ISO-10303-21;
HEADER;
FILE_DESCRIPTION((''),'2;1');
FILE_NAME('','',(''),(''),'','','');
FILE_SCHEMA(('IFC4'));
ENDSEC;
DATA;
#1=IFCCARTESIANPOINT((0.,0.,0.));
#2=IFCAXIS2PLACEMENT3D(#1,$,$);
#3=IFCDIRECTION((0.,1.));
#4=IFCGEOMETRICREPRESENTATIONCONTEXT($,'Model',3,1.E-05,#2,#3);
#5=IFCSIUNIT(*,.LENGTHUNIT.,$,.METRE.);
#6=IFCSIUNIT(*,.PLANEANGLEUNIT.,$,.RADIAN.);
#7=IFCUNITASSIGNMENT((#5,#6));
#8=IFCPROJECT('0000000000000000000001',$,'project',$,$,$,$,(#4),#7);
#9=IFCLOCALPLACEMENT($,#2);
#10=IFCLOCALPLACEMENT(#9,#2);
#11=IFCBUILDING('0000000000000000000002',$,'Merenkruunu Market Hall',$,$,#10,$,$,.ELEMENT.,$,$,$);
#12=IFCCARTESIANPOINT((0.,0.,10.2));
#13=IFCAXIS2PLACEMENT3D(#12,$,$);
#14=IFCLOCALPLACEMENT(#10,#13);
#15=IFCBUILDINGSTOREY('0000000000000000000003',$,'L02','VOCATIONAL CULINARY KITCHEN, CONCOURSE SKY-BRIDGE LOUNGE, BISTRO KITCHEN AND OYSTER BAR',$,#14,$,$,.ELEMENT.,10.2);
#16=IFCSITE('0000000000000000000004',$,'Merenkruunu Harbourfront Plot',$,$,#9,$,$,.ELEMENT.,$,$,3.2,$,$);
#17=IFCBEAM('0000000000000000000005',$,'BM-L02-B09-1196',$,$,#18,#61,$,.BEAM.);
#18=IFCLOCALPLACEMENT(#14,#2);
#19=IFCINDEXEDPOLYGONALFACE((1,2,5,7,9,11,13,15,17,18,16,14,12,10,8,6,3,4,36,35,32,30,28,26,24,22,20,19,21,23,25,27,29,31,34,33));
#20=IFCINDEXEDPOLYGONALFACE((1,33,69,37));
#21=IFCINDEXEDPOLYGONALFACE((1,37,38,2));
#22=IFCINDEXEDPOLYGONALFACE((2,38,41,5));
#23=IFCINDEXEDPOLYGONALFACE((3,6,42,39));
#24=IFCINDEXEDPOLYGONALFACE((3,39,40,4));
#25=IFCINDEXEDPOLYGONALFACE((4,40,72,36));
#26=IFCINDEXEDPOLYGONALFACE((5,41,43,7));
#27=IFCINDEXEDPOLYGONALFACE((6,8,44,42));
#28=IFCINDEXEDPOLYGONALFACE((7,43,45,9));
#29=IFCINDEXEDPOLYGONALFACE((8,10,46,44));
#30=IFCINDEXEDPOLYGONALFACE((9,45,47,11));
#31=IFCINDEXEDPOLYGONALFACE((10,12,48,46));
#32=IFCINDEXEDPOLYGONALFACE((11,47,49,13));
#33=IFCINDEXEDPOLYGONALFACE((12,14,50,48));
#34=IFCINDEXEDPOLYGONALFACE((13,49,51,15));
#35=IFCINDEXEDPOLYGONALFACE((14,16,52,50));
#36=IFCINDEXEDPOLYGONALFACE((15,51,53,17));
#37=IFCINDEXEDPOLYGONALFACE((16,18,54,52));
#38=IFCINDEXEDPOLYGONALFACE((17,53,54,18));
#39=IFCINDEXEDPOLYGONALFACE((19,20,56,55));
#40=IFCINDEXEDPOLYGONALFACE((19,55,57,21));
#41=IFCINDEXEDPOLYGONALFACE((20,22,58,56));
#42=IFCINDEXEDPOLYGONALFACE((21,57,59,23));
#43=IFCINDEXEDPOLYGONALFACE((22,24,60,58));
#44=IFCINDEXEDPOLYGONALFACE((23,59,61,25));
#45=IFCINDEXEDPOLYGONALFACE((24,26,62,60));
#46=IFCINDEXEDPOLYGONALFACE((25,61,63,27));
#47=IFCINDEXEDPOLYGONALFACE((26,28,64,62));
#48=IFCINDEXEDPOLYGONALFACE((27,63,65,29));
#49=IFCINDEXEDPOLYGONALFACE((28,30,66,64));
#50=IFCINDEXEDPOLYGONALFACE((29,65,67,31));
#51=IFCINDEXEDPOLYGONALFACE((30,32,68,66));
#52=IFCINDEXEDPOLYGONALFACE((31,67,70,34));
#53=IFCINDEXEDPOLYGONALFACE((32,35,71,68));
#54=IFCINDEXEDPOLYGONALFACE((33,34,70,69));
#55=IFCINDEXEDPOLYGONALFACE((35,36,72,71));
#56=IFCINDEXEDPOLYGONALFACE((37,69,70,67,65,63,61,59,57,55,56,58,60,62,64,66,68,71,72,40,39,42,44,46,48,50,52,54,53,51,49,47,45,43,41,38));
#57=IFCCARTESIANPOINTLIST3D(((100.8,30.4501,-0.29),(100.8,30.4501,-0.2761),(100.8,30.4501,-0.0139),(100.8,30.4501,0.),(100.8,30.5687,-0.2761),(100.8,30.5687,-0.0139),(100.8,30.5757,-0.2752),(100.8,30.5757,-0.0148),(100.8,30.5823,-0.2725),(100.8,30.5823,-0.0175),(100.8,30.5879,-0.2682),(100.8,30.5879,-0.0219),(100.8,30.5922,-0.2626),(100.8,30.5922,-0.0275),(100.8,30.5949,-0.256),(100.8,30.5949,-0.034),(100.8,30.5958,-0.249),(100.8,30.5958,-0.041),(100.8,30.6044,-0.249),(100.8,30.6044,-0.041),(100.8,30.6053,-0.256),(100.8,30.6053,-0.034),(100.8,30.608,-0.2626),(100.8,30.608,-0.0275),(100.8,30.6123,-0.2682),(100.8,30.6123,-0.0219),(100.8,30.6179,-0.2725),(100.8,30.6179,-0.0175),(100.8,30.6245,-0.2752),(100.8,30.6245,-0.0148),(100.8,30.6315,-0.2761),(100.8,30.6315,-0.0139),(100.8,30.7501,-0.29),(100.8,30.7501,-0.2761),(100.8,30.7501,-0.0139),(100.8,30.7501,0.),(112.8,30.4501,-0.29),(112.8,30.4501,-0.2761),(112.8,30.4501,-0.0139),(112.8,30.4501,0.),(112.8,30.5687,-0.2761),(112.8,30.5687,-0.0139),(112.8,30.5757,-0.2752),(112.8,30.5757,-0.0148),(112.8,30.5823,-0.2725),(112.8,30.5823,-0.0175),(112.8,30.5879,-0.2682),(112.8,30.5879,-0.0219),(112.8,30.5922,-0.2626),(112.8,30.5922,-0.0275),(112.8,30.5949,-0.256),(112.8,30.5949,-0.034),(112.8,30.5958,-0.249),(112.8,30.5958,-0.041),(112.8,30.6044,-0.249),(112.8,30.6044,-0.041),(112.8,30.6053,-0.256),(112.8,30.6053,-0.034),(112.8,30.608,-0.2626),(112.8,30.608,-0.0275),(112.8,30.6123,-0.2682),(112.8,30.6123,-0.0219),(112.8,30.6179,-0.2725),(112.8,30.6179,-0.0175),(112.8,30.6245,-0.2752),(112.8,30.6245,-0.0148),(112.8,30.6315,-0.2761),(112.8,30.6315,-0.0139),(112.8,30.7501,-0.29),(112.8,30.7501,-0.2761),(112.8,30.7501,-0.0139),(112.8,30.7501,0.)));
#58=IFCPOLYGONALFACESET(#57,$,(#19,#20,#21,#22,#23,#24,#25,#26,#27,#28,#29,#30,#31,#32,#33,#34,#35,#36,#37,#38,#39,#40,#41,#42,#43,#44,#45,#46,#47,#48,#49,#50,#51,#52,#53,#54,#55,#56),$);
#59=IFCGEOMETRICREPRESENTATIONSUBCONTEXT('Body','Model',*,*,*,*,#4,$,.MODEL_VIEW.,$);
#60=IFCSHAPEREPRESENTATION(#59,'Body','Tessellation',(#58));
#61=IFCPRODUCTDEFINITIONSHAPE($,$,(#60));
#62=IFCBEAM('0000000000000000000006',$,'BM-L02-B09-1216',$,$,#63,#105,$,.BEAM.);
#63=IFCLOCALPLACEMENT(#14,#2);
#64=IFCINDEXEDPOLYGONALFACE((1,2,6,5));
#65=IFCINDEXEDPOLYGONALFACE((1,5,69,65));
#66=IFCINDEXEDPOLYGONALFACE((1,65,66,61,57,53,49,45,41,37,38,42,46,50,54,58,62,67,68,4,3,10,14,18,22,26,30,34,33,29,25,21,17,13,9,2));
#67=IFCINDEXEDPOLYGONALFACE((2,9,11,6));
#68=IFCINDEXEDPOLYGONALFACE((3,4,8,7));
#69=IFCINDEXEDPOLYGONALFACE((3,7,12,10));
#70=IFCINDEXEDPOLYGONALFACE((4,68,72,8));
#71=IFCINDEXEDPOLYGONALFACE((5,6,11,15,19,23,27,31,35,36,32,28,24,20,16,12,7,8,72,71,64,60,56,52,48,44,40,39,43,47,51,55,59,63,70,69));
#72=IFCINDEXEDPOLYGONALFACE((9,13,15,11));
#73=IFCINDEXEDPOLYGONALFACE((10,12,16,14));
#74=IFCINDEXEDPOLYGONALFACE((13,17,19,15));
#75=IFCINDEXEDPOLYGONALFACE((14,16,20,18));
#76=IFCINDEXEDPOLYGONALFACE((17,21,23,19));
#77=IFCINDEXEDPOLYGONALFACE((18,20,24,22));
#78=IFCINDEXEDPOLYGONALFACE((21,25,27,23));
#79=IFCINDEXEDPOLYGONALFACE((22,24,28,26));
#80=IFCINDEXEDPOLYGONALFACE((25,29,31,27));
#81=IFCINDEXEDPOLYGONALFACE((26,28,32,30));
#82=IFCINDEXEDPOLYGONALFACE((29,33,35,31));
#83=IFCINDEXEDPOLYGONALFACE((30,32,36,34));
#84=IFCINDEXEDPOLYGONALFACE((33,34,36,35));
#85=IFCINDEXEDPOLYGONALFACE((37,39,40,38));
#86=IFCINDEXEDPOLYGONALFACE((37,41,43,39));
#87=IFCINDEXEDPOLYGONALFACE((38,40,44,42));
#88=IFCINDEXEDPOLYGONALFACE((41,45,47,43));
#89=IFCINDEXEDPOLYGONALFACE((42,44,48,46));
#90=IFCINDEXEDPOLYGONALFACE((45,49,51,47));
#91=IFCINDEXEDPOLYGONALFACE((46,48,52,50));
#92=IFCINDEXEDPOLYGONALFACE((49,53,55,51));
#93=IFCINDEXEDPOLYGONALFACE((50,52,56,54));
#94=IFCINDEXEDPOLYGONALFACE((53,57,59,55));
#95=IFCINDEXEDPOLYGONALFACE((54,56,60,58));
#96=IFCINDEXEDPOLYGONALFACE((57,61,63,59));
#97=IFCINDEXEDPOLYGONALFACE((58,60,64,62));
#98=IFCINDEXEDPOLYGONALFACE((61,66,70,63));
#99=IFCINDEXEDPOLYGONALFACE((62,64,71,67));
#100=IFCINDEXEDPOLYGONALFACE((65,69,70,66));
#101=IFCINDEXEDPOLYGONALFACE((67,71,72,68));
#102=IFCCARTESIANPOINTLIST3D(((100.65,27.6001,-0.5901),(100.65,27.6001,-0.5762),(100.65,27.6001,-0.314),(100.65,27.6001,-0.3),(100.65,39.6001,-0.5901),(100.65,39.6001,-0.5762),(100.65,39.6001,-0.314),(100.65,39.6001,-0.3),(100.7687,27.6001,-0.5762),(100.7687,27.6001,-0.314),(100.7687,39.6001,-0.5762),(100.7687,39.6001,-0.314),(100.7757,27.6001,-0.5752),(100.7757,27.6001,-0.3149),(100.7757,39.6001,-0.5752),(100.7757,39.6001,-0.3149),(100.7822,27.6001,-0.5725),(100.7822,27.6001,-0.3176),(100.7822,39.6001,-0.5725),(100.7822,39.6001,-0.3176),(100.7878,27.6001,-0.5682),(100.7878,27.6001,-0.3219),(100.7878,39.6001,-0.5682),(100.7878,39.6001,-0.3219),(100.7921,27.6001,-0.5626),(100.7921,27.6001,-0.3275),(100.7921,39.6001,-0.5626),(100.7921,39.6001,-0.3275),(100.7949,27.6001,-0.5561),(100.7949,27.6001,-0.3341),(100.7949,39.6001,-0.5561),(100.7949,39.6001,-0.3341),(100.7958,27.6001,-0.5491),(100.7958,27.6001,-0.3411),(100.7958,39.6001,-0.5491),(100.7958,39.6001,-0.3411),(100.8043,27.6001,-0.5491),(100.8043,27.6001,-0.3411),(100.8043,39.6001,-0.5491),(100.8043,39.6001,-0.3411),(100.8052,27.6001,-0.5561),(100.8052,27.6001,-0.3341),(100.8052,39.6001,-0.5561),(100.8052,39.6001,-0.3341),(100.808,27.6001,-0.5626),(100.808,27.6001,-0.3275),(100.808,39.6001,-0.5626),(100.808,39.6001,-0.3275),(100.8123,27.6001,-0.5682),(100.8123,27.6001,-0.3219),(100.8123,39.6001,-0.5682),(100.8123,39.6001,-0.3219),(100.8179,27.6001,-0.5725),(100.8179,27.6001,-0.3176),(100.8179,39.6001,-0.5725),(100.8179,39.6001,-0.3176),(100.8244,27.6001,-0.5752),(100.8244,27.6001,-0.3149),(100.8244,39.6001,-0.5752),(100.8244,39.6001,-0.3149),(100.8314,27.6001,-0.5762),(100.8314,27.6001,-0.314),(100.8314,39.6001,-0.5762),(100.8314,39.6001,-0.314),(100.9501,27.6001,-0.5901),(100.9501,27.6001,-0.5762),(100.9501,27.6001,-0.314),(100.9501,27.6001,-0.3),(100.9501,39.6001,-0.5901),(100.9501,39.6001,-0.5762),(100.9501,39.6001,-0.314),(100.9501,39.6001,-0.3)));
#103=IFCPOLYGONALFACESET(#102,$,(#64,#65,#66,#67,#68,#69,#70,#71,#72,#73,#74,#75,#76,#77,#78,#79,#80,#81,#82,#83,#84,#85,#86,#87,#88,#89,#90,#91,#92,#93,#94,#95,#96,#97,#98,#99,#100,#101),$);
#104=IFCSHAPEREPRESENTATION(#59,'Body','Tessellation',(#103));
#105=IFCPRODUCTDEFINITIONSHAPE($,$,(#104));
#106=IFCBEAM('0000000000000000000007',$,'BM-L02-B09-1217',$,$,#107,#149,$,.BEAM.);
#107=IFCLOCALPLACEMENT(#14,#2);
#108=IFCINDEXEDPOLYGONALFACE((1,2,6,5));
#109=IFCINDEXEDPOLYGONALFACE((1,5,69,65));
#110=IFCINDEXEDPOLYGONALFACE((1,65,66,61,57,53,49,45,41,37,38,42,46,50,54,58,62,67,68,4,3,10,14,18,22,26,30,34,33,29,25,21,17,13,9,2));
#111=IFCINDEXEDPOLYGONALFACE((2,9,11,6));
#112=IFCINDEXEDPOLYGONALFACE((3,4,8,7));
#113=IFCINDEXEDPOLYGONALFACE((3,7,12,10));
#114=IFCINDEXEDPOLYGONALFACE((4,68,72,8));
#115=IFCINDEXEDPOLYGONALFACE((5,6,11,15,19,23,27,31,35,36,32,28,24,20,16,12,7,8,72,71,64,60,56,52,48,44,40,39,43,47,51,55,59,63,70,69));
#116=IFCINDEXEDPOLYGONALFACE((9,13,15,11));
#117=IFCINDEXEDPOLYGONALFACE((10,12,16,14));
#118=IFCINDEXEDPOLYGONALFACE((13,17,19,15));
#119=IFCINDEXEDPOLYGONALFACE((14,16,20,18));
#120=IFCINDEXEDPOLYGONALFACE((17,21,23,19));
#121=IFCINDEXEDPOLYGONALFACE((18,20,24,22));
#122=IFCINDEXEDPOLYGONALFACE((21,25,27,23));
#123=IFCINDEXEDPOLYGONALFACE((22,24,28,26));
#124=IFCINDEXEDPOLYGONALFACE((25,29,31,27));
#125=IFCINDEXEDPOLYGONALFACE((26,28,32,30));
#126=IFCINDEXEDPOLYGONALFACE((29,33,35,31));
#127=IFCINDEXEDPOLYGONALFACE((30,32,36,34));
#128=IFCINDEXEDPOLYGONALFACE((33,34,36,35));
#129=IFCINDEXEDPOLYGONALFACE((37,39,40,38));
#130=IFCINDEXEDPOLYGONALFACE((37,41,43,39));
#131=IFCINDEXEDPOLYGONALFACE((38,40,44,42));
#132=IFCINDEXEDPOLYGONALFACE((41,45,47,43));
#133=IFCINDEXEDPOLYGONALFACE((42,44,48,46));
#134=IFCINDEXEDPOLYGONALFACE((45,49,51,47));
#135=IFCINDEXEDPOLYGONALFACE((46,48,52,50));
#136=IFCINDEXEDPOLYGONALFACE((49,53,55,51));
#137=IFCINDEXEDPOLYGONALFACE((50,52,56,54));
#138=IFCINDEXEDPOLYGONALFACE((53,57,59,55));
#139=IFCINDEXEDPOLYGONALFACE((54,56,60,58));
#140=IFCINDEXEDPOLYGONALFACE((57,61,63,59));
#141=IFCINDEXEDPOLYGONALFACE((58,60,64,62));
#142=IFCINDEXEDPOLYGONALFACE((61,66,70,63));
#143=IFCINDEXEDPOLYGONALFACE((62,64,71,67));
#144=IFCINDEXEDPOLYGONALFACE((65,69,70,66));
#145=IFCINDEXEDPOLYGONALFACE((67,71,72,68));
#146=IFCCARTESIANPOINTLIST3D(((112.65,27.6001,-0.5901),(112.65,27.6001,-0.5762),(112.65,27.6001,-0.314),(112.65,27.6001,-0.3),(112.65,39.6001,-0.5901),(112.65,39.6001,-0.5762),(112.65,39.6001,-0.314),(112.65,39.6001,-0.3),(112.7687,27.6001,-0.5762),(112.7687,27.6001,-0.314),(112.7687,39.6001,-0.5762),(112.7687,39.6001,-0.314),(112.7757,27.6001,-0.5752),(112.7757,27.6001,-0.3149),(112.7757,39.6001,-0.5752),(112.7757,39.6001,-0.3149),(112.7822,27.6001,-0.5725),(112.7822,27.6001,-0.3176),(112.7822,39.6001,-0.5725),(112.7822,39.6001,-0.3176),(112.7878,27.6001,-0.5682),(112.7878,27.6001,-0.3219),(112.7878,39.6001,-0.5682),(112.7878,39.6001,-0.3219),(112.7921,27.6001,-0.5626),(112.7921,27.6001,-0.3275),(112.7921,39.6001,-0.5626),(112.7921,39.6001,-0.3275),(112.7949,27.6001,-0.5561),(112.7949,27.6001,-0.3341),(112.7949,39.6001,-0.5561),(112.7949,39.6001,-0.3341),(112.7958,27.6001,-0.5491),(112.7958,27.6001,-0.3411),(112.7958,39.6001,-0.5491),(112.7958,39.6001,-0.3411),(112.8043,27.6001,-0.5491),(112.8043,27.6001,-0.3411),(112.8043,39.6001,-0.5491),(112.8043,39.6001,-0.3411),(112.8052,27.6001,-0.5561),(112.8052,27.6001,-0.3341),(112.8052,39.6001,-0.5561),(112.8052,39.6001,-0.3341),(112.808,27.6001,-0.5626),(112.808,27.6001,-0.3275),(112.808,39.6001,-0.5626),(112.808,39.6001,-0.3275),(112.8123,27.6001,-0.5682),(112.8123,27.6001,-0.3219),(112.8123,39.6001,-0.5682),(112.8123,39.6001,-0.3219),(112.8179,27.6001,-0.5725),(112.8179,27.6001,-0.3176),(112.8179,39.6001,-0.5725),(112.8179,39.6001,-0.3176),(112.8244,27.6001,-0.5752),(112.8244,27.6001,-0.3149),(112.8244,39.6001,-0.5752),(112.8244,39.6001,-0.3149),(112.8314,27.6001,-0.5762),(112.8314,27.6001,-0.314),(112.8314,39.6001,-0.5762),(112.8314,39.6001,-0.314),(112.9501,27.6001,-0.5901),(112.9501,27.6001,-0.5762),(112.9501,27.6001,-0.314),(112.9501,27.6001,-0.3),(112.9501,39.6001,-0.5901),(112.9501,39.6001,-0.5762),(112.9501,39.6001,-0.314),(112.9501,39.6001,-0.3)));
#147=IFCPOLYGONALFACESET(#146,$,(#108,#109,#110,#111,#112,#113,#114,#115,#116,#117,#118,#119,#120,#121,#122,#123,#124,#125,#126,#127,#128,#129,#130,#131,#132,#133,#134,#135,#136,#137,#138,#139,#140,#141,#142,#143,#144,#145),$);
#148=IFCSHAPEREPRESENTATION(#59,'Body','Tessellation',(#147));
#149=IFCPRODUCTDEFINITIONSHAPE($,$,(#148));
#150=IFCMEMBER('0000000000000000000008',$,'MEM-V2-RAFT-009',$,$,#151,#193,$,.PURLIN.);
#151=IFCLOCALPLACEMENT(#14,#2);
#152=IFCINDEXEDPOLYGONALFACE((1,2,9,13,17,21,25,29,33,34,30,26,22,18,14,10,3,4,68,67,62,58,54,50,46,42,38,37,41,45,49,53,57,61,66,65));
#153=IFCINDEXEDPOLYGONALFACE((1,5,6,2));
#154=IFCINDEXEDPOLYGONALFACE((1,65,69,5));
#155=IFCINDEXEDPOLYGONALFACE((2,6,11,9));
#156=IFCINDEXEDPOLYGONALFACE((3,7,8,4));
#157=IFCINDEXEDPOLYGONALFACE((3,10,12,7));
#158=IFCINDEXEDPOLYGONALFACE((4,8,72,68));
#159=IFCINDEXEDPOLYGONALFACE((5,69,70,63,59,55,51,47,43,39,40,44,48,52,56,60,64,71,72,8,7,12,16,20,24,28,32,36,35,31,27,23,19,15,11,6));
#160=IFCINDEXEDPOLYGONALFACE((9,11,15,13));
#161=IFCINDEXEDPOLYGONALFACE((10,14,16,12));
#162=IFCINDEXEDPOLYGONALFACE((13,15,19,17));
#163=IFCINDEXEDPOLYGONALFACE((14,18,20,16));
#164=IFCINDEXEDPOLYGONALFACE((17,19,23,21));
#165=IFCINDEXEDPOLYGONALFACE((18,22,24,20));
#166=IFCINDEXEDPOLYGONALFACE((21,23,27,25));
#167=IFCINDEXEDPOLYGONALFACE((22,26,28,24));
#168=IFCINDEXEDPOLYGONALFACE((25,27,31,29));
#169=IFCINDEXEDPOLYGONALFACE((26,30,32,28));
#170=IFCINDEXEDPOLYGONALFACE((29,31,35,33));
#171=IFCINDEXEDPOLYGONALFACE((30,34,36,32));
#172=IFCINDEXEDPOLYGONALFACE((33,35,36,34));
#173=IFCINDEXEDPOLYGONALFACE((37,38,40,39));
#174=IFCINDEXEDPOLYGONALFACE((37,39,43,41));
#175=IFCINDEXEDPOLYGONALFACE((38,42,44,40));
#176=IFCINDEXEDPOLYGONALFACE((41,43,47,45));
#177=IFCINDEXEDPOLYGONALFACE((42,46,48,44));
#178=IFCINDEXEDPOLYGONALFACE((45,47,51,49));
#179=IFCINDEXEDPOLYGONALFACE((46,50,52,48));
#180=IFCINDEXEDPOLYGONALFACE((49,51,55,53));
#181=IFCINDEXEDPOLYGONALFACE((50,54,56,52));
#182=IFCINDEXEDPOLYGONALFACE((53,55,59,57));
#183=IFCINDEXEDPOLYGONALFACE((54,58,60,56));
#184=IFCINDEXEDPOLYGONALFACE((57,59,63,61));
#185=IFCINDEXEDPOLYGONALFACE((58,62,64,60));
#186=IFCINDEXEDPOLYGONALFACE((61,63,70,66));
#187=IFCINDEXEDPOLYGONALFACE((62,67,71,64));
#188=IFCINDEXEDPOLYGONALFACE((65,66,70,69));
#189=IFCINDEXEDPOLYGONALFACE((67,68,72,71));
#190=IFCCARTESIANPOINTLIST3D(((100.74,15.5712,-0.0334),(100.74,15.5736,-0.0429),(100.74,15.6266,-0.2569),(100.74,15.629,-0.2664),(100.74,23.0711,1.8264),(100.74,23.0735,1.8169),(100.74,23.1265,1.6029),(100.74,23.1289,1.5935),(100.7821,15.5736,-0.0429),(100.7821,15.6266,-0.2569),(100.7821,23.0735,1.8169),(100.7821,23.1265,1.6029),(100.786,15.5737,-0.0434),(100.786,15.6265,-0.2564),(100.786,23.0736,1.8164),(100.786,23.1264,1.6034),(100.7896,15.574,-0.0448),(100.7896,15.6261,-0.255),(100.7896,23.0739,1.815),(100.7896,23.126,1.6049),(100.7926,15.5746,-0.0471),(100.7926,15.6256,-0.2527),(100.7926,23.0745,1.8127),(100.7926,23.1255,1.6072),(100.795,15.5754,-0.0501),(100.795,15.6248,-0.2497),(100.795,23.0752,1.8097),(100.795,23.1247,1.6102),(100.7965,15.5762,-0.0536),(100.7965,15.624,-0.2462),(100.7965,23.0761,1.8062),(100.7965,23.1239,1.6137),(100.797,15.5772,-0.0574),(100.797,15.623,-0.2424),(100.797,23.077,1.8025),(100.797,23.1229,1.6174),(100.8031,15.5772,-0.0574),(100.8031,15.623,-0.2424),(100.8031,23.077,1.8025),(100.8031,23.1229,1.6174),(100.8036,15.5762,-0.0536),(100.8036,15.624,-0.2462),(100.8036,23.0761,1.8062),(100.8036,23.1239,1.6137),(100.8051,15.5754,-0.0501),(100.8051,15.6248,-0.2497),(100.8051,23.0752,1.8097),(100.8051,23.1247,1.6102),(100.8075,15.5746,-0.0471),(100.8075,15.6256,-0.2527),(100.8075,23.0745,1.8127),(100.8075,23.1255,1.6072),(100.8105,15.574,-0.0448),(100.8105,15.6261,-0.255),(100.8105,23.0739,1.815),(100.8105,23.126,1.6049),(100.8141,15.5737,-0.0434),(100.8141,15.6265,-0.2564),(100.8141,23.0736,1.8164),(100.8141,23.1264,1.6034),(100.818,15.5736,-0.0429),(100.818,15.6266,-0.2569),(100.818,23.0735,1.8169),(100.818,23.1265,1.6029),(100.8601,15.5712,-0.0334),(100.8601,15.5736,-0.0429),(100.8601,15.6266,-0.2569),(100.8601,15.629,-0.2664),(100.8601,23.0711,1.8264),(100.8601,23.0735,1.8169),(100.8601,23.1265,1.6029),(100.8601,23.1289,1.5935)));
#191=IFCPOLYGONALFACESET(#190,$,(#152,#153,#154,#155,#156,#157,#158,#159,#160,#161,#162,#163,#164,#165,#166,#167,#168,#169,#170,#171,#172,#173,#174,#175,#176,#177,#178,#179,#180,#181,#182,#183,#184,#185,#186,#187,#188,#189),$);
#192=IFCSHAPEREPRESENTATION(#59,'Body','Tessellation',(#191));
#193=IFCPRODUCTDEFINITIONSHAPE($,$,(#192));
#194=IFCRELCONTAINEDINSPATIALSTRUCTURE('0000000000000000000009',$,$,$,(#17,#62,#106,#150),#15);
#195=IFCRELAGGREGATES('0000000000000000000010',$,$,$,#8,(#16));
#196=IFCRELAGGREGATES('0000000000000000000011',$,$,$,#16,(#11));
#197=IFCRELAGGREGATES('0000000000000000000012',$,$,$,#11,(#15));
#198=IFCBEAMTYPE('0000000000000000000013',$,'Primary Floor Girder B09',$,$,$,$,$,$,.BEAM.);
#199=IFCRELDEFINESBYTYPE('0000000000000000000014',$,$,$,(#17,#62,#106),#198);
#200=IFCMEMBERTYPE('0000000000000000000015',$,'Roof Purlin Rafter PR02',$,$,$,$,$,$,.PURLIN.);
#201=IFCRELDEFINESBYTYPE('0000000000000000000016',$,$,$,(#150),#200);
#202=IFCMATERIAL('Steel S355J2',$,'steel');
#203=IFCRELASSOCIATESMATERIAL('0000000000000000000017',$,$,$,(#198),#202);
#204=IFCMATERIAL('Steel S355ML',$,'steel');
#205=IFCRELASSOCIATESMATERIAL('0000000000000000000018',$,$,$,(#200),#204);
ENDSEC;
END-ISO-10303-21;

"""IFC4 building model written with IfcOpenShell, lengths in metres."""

from ifc_helpers import new_model, si_unit, direction, frame, origin, origin_2d, place, context, subcontext, project, spatial, i_section, extrude, material, material_profile, profile_set, type_object, element, save


model = new_model("IFC4")

# Units and contexts
model_context = context("Model", 3, precision=1e-05, world=origin(), true_north=direction((0.0, 1.0)))
body_context = subcontext(model_context, "Body", "Model", "MODEL_VIEW")
ifc_project = project(units=[si_unit("LENGTHUNIT", "METRE"), si_unit("PLANEANGLEUNIT", "RADIAN")], contexts=[model_context])

# Site, building, storey
site_placement = place(None, origin())
site = spatial("IfcSite", under=ifc_project, at=site_placement, Name="Merenkruunu Harbourfront Plot", CompositionType="ELEMENT", RefElevation=3.2)
building_placement = place(site_placement, origin())
building = spatial("IfcBuilding", under=site, at=building_placement, Name="Merenkruunu Market Hall", CompositionType="ELEMENT")
storey_placement = place(building_placement, frame((0.0, 0.0, 10.2)))
storey = spatial("IfcBuildingStorey", under=building, at=storey_placement, Name="L02", Description="VOCATIONAL CULINARY KITCHEN, CONCOURSE SKY-BRIDGE LOUNGE, BISTRO KITCHEN AND OYSTER BAR", CompositionType="ELEMENT", Elevation=10.2)

# Beams
ifc_material_1 = material(Name="Steel S355J2", Category="steel")
ifc_material_profile_1 = material_profile(ifc_material_1, i_section(OverallWidth=0.3, OverallDepth=0.29, WebThickness=0.0085, FlangeThickness=0.0139, FilletRadius=0.0271, at=origin_2d()), Name="HEA 300")
ifc_profile_set_1 = profile_set([ifc_material_profile_1], Name="Steel S355J2")
beam_type_1 = type_object("IfcBeamType", Name="Primary Floor Girder B09", PredefinedType="BEAM", material=ifc_profile_set_1)
for number, where, z_axis, x_axis, name in (
    (1, (100.8, 30.6001, -0.145), (1.0, 0.0, 0.0), (0.0, 1.0, 0.0), "BM-L02-B09-1196"),
    (2, (100.8, 27.6001, -0.4451), (0.0, 1.0, 0.0), (-1.0, 0.0, 0.0), "BM-L02-B09-1216"),
    (3, (112.8, 27.6001, -0.4451), (0.0, 1.0, 0.0), (-1.0, 0.0, 0.0), "BM-L02-B09-1217"),
):
    element("IfcBeam", number, at=place(storey_placement, frame(where, z_axis=z_axis, x_axis=x_axis)), inside=storey, type_object=beam_type_1, Name=name, PredefinedType="BEAM", context=body_context, shape_type="SweptSolid", body=[
        extrude(i_section(OverallWidth=0.3, OverallDepth=0.29, WebThickness=0.0085, FlangeThickness=0.0139, FilletRadius=0.0271, at=origin_2d()), origin(), (0.0, 0.0, 1.0), 12.0),
    ])

# Member
ifc_material_2 = material(Name="Steel S355ML", Category="steel")
ifc_material_profile_2 = material_profile(ifc_material_2, i_section(OverallWidth=0.1201, OverallDepth=0.24, WebThickness=0.0061, FlangeThickness=0.0098, FilletRadius=0.0149, at=origin_2d()), Name="IPE 240")
ifc_profile_set_2 = profile_set([ifc_material_profile_2], Name="Steel S355ML")
member_type = type_object("IfcMemberType", Name="Roof Purlin Rafter PR02", PredefinedType="PURLIN", material=ifc_profile_set_2)
for number, where, z_axis, x_axis, name in (
    (4, (100.8, 15.6001, -0.1499), (0.0, 0.970602, 0.240692), (-1.0, 0.0, 0.0), "MEM-V2-RAFT-009"),
):
    element("IfcMember", number, at=place(storey_placement, frame(where, z_axis=z_axis, x_axis=x_axis)), inside=storey, type_object=member_type, Name=name, PredefinedType="PURLIN", context=body_context, shape_type="SweptSolid", body=[
        extrude(i_section(OverallWidth=0.1201, OverallDepth=0.24, WebThickness=0.0061, FlangeThickness=0.0098, FilletRadius=0.0149, at=origin_2d()), origin(), (0.0, 0.0, 1.0), 7.7271),
    ])

save(model, "model.ifc")
